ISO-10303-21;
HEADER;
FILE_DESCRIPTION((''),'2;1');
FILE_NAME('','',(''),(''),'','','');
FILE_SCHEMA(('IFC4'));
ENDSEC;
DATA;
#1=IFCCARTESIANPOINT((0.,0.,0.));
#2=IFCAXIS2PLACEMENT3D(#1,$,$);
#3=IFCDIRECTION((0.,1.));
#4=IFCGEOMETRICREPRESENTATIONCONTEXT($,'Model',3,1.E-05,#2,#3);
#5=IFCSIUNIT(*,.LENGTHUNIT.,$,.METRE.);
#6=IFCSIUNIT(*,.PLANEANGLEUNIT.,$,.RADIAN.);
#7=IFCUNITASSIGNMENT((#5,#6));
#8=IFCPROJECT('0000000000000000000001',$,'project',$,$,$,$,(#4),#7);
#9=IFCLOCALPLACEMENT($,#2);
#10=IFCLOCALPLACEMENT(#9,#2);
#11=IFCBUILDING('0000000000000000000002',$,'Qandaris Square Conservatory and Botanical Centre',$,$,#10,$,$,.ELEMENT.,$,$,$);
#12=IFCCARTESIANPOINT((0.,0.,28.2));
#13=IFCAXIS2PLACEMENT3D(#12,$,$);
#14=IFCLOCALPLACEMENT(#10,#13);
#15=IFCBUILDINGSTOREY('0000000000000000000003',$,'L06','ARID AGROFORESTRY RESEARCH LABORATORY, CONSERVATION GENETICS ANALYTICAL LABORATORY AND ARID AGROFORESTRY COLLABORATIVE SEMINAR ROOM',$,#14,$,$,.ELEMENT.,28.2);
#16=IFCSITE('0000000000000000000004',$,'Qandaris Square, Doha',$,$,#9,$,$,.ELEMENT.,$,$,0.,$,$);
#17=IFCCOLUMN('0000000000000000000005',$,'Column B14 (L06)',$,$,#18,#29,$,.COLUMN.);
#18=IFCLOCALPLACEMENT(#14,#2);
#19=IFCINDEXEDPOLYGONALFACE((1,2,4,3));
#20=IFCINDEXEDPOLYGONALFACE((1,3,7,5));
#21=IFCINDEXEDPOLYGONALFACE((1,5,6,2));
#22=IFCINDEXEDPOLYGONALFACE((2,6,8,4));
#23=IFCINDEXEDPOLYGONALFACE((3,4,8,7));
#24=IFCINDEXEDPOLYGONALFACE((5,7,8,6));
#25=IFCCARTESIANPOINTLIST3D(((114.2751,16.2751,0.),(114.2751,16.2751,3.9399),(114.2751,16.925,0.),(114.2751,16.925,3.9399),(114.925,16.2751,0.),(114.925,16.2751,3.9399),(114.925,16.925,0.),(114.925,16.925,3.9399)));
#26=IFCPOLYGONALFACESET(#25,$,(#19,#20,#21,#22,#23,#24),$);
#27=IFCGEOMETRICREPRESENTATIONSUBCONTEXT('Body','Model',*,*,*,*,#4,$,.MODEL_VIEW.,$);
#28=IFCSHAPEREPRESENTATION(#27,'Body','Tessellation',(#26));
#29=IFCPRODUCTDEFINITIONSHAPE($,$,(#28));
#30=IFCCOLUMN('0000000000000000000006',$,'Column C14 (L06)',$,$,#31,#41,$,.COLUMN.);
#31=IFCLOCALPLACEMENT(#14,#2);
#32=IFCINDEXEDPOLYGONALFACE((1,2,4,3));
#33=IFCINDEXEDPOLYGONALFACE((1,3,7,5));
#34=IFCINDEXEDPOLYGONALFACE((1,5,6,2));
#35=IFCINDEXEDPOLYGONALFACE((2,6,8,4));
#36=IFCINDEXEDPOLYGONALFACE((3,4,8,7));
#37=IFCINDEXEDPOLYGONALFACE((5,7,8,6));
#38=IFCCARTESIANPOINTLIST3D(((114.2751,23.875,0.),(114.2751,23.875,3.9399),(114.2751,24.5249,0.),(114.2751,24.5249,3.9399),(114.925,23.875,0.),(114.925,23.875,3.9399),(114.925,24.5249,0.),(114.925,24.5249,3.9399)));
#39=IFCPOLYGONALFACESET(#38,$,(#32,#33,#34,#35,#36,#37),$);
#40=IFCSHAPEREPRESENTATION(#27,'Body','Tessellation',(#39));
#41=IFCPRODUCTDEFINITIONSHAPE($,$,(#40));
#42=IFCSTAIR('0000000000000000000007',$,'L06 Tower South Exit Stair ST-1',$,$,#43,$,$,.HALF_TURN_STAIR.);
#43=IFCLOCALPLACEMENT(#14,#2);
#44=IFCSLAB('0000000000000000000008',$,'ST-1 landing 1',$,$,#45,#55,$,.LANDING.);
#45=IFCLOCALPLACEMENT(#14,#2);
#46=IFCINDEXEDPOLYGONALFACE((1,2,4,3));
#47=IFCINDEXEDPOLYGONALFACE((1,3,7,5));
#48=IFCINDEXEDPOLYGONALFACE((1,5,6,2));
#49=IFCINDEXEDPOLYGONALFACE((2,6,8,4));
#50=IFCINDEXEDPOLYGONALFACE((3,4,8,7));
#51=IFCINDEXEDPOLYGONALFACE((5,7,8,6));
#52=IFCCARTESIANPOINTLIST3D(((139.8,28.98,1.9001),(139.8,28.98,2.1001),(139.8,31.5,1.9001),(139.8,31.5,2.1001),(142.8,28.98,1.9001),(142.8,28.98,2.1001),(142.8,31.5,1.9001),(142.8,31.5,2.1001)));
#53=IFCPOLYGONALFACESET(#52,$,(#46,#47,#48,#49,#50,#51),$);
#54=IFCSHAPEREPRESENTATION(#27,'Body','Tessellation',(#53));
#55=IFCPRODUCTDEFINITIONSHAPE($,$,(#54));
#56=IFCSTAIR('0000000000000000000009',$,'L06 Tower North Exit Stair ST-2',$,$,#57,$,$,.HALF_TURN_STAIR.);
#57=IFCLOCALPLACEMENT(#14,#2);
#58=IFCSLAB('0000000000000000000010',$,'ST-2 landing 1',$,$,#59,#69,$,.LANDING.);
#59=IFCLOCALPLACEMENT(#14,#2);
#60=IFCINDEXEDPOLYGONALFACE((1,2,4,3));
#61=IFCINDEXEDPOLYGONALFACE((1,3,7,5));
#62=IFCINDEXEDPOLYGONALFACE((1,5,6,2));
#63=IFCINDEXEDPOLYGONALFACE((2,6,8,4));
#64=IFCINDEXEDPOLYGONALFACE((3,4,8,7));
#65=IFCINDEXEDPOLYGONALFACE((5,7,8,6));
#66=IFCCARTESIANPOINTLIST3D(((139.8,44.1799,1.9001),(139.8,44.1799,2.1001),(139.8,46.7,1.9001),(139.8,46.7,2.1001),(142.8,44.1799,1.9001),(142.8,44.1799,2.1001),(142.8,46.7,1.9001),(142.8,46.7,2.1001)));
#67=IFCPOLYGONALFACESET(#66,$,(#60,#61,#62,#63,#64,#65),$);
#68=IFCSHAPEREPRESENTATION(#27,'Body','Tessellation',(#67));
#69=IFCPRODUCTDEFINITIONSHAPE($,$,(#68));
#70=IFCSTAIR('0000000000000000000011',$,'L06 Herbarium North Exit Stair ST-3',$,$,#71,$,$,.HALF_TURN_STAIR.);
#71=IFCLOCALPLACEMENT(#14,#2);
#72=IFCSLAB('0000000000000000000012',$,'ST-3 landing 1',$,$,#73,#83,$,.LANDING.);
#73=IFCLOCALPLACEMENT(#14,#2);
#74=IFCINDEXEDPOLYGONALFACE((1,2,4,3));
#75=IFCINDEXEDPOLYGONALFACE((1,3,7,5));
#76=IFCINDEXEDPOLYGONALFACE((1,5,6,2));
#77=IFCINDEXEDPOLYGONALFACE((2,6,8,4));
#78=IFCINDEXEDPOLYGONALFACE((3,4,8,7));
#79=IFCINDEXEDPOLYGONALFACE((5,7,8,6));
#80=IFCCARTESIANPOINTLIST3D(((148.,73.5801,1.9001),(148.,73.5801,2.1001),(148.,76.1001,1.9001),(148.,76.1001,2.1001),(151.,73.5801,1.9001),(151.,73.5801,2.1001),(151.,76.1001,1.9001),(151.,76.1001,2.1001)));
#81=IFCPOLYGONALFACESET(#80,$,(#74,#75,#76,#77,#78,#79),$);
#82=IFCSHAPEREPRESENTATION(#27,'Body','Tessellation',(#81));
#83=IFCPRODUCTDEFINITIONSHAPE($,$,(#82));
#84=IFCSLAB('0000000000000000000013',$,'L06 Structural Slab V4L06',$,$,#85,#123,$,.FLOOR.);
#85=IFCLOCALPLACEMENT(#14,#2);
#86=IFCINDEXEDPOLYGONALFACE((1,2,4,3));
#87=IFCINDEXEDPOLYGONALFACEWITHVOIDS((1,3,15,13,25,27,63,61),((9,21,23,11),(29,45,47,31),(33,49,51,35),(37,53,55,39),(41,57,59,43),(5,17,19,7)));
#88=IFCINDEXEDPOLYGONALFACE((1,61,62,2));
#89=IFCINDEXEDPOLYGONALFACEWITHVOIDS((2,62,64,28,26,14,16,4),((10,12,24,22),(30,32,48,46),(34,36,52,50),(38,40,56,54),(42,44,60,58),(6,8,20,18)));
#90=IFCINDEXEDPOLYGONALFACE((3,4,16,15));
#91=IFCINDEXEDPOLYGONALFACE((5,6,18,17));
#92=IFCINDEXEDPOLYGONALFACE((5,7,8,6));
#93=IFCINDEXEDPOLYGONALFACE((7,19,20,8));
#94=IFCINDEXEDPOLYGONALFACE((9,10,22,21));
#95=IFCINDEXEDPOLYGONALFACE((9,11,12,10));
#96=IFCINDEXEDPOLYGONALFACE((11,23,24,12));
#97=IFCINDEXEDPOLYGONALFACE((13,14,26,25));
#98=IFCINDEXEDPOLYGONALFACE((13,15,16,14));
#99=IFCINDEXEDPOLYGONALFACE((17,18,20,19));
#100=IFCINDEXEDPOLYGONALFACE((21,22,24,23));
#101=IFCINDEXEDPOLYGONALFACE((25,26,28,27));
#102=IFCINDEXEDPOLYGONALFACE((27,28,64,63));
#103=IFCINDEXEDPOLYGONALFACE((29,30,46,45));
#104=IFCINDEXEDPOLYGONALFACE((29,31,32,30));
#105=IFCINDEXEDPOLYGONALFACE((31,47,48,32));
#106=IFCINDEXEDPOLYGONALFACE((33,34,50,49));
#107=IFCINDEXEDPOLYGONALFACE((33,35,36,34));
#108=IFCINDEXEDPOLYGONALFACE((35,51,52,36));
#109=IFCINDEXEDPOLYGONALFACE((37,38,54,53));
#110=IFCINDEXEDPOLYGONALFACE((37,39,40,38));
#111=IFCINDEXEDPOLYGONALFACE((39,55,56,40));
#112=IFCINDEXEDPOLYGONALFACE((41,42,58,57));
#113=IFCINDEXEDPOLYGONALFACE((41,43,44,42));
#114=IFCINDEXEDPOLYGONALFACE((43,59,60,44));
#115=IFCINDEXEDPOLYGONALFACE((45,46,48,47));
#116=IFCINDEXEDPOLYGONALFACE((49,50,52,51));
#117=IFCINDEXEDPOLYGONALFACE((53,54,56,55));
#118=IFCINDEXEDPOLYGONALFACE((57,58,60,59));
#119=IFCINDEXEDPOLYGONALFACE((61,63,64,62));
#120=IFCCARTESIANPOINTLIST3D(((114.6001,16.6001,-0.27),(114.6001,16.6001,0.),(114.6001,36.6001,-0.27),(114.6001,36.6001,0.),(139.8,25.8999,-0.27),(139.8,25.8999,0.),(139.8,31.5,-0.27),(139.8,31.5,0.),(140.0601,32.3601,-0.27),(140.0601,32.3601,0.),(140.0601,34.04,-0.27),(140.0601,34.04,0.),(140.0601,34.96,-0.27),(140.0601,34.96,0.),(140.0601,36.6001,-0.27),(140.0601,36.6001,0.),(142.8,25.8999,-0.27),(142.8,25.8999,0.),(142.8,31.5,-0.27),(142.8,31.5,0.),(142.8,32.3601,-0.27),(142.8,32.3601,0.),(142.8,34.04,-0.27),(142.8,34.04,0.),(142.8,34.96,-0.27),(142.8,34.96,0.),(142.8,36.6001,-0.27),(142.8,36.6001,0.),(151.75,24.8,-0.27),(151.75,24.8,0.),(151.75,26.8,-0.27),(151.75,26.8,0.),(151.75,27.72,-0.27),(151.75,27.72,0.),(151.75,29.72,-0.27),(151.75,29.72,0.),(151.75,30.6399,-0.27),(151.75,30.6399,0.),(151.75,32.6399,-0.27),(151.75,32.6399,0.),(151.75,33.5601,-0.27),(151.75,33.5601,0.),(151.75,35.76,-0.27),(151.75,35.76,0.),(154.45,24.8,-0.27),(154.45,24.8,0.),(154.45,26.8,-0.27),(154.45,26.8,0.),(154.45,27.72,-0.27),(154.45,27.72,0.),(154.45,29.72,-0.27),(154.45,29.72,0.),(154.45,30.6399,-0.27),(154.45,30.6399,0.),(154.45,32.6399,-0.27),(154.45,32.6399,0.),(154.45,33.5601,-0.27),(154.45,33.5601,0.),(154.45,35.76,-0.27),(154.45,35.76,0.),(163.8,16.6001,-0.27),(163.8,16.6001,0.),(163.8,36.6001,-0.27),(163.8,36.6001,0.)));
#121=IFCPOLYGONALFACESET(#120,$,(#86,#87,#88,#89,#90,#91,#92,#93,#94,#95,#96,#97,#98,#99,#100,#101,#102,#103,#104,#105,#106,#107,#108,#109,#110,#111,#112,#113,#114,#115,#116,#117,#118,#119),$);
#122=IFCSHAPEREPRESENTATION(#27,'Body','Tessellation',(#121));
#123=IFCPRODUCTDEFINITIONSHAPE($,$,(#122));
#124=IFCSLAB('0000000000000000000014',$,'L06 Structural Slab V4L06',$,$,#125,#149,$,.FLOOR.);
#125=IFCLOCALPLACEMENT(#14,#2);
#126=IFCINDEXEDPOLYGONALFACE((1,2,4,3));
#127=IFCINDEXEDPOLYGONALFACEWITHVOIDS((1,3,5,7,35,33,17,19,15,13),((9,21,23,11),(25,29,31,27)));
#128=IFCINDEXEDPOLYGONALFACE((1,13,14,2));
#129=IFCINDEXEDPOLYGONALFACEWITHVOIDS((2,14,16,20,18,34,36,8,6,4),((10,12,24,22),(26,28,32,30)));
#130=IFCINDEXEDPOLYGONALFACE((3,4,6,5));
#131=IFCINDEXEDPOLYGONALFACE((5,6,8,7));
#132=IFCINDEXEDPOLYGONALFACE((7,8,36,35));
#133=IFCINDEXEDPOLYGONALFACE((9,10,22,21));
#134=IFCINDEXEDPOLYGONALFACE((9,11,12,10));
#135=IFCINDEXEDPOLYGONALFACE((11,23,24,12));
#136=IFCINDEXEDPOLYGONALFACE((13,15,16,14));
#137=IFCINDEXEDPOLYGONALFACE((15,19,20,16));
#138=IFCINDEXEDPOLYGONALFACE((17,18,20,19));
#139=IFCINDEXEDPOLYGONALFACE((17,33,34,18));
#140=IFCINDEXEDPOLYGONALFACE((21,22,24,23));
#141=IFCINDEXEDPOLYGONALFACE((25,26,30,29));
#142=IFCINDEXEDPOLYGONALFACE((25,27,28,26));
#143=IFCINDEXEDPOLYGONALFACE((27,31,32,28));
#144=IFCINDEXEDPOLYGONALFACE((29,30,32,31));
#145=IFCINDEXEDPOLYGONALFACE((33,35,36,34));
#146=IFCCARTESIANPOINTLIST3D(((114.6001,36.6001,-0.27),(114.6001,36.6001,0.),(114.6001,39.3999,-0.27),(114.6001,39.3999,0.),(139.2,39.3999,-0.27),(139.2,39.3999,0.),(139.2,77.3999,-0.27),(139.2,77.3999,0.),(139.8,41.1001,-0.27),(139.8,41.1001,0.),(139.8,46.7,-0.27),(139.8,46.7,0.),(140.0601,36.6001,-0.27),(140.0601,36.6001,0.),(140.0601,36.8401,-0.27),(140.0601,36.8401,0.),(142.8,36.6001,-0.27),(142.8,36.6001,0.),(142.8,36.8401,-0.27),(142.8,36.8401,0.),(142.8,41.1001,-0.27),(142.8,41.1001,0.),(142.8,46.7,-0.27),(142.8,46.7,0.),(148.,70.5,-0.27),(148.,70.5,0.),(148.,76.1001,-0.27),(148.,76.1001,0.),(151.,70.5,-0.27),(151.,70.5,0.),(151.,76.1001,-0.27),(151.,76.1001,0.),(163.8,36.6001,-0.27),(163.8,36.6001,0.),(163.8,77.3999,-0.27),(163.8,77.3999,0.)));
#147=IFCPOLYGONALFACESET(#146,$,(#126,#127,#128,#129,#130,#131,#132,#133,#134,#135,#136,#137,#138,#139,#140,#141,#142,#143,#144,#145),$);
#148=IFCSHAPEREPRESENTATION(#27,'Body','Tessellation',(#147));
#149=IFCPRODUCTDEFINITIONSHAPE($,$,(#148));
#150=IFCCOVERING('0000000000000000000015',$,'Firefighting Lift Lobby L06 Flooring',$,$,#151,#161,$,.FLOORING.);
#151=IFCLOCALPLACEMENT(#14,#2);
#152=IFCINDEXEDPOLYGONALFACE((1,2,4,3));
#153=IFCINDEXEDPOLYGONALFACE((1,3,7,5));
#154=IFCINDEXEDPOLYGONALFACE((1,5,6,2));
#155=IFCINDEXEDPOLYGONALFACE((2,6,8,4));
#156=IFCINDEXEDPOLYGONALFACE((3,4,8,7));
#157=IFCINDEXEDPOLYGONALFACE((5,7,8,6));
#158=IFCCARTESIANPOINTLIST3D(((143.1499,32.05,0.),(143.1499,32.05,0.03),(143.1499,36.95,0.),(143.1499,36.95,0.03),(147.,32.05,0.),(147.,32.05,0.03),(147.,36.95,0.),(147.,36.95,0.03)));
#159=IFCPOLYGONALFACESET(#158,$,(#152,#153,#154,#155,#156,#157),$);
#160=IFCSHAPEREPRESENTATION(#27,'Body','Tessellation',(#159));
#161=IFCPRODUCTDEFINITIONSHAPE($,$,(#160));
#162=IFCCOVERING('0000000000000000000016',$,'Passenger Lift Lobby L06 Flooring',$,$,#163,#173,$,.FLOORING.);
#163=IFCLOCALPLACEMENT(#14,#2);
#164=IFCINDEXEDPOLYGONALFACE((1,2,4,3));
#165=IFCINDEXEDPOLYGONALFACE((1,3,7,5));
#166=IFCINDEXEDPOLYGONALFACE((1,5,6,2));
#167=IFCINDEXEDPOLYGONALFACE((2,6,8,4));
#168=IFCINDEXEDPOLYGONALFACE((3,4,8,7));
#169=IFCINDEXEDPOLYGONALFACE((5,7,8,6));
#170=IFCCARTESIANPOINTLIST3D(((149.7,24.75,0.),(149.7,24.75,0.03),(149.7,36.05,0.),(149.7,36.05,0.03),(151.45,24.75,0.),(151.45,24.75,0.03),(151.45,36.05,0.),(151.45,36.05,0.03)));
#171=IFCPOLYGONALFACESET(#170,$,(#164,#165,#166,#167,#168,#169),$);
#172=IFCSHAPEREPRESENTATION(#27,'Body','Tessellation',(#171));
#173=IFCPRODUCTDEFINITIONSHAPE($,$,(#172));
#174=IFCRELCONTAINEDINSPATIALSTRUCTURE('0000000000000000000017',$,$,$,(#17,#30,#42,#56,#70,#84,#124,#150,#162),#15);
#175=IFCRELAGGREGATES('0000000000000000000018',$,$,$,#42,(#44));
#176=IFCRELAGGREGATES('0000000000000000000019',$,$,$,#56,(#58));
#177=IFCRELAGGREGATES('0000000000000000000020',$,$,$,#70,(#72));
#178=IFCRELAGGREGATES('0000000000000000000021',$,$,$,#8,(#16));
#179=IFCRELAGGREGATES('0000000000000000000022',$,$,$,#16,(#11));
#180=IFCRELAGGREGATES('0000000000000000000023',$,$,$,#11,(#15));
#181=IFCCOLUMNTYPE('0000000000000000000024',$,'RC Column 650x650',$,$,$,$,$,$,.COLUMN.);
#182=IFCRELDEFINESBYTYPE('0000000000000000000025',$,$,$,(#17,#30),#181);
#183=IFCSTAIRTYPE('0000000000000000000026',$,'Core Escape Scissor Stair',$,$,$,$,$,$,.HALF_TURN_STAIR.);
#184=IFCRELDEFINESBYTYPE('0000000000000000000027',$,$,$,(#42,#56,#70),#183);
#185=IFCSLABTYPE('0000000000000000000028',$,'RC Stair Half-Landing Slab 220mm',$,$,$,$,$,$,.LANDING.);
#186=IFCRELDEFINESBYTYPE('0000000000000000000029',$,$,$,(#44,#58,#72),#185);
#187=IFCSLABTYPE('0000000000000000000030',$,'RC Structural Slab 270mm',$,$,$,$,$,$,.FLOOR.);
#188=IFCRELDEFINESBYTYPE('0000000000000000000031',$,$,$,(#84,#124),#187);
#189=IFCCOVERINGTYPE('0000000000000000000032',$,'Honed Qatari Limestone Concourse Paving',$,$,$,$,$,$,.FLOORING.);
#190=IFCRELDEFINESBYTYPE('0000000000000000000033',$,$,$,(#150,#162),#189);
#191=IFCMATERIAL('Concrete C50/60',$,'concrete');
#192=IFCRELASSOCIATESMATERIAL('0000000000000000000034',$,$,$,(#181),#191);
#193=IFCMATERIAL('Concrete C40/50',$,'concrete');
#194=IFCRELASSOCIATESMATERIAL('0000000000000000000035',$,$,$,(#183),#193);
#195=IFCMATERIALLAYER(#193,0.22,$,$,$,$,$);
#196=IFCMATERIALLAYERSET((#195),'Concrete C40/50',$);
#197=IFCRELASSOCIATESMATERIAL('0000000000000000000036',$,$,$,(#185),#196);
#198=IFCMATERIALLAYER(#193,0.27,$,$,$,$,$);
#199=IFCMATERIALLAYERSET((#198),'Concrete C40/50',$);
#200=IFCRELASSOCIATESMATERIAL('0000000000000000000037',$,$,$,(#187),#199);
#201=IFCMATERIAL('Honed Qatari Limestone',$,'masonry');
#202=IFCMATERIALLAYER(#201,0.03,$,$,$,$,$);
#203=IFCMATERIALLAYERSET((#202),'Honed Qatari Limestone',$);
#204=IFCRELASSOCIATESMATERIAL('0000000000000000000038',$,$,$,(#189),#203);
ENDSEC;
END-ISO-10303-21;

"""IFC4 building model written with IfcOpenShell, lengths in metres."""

from ifc_helpers import new_model, si_unit, direction, frame, origin, origin_2d, place, context, subcontext, project, spatial, polyline, rectangle, outline, extrude, material, layer, layer_set, material_profile, profile_set, type_object, element, aggregate, save


model = new_model("IFC4")

# Units and contexts
model_context = context("Model", 3, precision=1e-05, world=origin(), true_north=direction((0.0, 1.0)))
body_context = subcontext(model_context, "Body", "Model", "MODEL_VIEW")
ifc_project = project(units=[si_unit("LENGTHUNIT", "METRE"), si_unit("PLANEANGLEUNIT", "RADIAN")], contexts=[model_context])

# Site, building, storey
site_placement = place(None, origin())
site = spatial("IfcSite", under=ifc_project, at=site_placement, Name="Qandaris Square, Doha", CompositionType="ELEMENT", RefElevation=0.0)
building_placement = place(site_placement, origin())
building = spatial("IfcBuilding", under=site, at=building_placement, Name="Qandaris Square Conservatory and Botanical Centre", CompositionType="ELEMENT")
storey_placement = place(building_placement, frame((0.0, 0.0, 28.2)))
storey = spatial("IfcBuildingStorey", under=building, at=storey_placement, Name="L06", Description="ARID AGROFORESTRY RESEARCH LABORATORY, CONSERVATION GENETICS ANALYTICAL LABORATORY AND ARID AGROFORESTRY COLLABORATIVE SEMINAR ROOM", CompositionType="ELEMENT", Elevation=28.2)

# Columns
ifc_material_1 = material(Name="Concrete C50/60", Category="concrete")
ifc_material_profile = material_profile(ifc_material_1, rectangle(XDim=0.6499, YDim=0.6499, at=origin_2d()), Name="RC-COL 650x650")
ifc_profile_set = profile_set([ifc_material_profile], Name="Concrete C50/60")
column_type = type_object("IfcColumnType", Name="RC Column 650x650", PredefinedType="COLUMN", material=ifc_profile_set)
for number, where, z_axis, x_axis, name in (
    (1, (114.6001, 16.6001, 0.0), (0.0, 0.0, 1.0), (1.0, 0.0, 0.0), "Column B14 (L06)"),
    (2, (114.6001, 24.2, 0.0), (0.0, 0.0, 1.0), (1.0, 0.0, 0.0), "Column C14 (L06)"),
):
    element("IfcColumn", number, at=place(storey_placement, frame(where, z_axis=z_axis, x_axis=x_axis)), inside=storey, type_object=column_type, Name=name, PredefinedType="COLUMN", context=body_context, shape_type="SweptSolid", body=[
        extrude(rectangle(XDim=0.6499, YDim=0.6499, at=origin_2d()), origin(), (0.0, 0.0, 1.0), 3.9399),
    ])

# Stairs, slabs
ifc_material_2 = material(Name="Concrete C40/50", Category="concrete")
stair_type = type_object("IfcStairType", Name="Core Escape Scissor Stair", PredefinedType="HALF_TURN_STAIR", material=ifc_material_2)
stair_1_placement = place(storey_placement, origin())
stair_1 = element("IfcStair", 3, at=stair_1_placement, inside=storey, type_object=stair_type, Name="L06 Tower South Exit Stair ST-1", PredefinedType="HALF_TURN_STAIR")
ifc_layer_1 = layer(ifc_material_2, 0.22)
ifc_layer_set_1 = layer_set([ifc_layer_1], Name="Concrete C40/50")
slab_type_1 = type_object("IfcSlabType", Name="RC Stair Half-Landing Slab 220mm", PredefinedType="LANDING", material=ifc_layer_set_1)
slab_1_placement = place(storey_placement, frame((0.0, 0.0, 1.9001)))
slab_1 = element("IfcSlab", 4, at=slab_1_placement, type_object=slab_type_1, Name="ST-1 landing 1", PredefinedType="LANDING", context=body_context, shape_type="SweptSolid", body=[
    extrude(outline(polyline([(142.8, 28.98), (142.8, 31.5), (139.8, 31.5), (139.8, 28.98), (142.8, 28.98)])), origin(), (0.0, 0.0, 1.0), 0.2),
])
aggregate(stair_1, [slab_1])
stair_2_placement = place(storey_placement, origin())
stair_2 = element("IfcStair", 5, at=stair_2_placement, inside=storey, type_object=stair_type, Name="L06 Tower North Exit Stair ST-2", PredefinedType="HALF_TURN_STAIR")
slab_2_placement = place(storey_placement, frame((0.0, 0.0, 1.9001)))
slab_2 = element("IfcSlab", 6, at=slab_2_placement, type_object=slab_type_1, Name="ST-2 landing 1", PredefinedType="LANDING", context=body_context, shape_type="SweptSolid", body=[
    extrude(outline(polyline([(142.8, 44.1799), (142.8, 46.7), (139.8, 46.7), (139.8, 44.1799), (142.8, 44.1799)])), origin(), (0.0, 0.0, 1.0), 0.2),
])
aggregate(stair_2, [slab_2])
stair_3_placement = place(storey_placement, origin())
stair_3 = element("IfcStair", 7, at=stair_3_placement, inside=storey, type_object=stair_type, Name="L06 Herbarium North Exit Stair ST-3", PredefinedType="HALF_TURN_STAIR")
slab_3_placement = place(storey_placement, frame((0.0, 0.0, 1.9001)))
slab_3 = element("IfcSlab", 8, at=slab_3_placement, type_object=slab_type_1, Name="ST-3 landing 1", PredefinedType="LANDING", context=body_context, shape_type="SweptSolid", body=[
    extrude(outline(polyline([(151.0, 73.5801), (151.0, 76.1001), (148.0, 76.1001), (148.0, 73.5801), (151.0, 73.5801)])), origin(), (0.0, 0.0, 1.0), 0.2),
])
aggregate(stair_3, [slab_3])

# Slabs
ifc_layer_2 = layer(ifc_material_2, 0.27)
ifc_layer_set_2 = layer_set([ifc_layer_2], Name="Concrete C40/50")
slab_type_2 = type_object("IfcSlabType", Name="RC Structural Slab 270mm", PredefinedType="FLOOR", material=ifc_layer_set_2)
slab_4_placement = place(storey_placement, frame((0.0, 0.0, -0.27)))
element("IfcSlab", 9, at=slab_4_placement, inside=storey, type_object=slab_type_2, Name="L06 Structural Slab V4L06", PredefinedType="FLOOR", context=body_context, shape_type="SweptSolid", body=[
    extrude(outline(polyline([(163.8, 16.6001), (114.6001, 16.6001), (114.6001, 36.6001), (140.0601, 36.6001), (140.0601, 34.96), (142.8, 34.96), (142.8, 36.6001), (163.8, 36.6001), (163.8, 16.6001)]), holes=[polyline([(151.75, 24.8), (154.45, 24.8), (154.45, 26.8), (151.75, 26.8), (151.75, 24.8)]), polyline([(139.8, 25.8999), (142.8, 25.8999), (142.8, 31.5), (139.8, 31.5), (139.8, 25.8999)]), polyline([(151.75, 27.72), (154.45, 27.72), (154.45, 29.72), (151.75, 29.72), (151.75, 27.72)]), polyline([(151.75, 30.6399), (154.45, 30.6399), (154.45, 32.6399), (151.75, 32.6399), (151.75, 30.6399)]), polyline([(140.0601, 32.3601), (142.8, 32.3601), (142.8, 34.04), (140.0601, 34.04), (140.0601, 32.3601)]), polyline([(151.75, 33.5601), (154.45, 33.5601), (154.45, 35.76), (151.75, 35.76), (151.75, 33.5601)])]), origin(), (0.0, 0.0, 1.0), 0.27),
])
slab_5_placement = place(storey_placement, frame((0.0, 0.0, -0.27)))
element("IfcSlab", 10, at=slab_5_placement, inside=storey, type_object=slab_type_2, Name="L06 Structural Slab V4L06", PredefinedType="FLOOR", context=body_context, shape_type="SweptSolid", body=[
    extrude(outline(polyline([(139.2, 39.3999), (139.2, 77.3999), (163.8, 77.3999), (163.8, 36.6001), (142.8, 36.6001), (142.8, 36.8401), (140.0601, 36.8401), (140.0601, 36.6001), (114.6001, 36.6001), (114.6001, 39.3999), (139.2, 39.3999)]), holes=[polyline([(139.8, 46.7), (139.8, 41.1001), (142.8, 41.1001), (142.8, 46.7), (139.8, 46.7)]), polyline([(148.0, 76.1001), (148.0, 70.5), (151.0, 70.5), (151.0, 76.1001), (148.0, 76.1001)])]), origin(), (0.0, 0.0, 1.0), 0.27),
])

# Coverings
ifc_material_3 = material(Name="Honed Qatari Limestone", Category="masonry")
ifc_layer_3 = layer(ifc_material_3, 0.03)
ifc_layer_set_3 = layer_set([ifc_layer_3], Name="Honed Qatari Limestone")
covering_type_1 = type_object("IfcCoveringType", Name="Honed Qatari Limestone Concourse Paving", PredefinedType="FLOORING", material=ifc_layer_set_3)
covering_1_placement = place(storey_placement, origin())
element("IfcCovering", 11, at=covering_1_placement, inside=storey, type_object=covering_type_1, Name="Firefighting Lift Lobby L06 Flooring", PredefinedType="FLOORING", context=body_context, shape_type="SweptSolid", body=[
    extrude(outline(polyline([(143.1499, 36.95), (147.0, 36.95), (147.0, 32.05), (143.1499, 32.05), (143.1499, 36.95)])), origin(), (0.0, 0.0, 1.0), 0.03),
])
covering_2_placement = place(storey_placement, origin())
element("IfcCovering", 12, at=covering_2_placement, inside=storey, type_object=covering_type_1, Name="Passenger Lift Lobby L06 Flooring", PredefinedType="FLOORING", context=body_context, shape_type="SweptSolid", body=[
    extrude(outline(polyline([(149.7, 36.05), (151.45, 36.05), (151.45, 24.75), (149.7, 24.75), (149.7, 36.05)])), origin(), (0.0, 0.0, 1.0), 0.03),
])

save(model, "model.ifc")
